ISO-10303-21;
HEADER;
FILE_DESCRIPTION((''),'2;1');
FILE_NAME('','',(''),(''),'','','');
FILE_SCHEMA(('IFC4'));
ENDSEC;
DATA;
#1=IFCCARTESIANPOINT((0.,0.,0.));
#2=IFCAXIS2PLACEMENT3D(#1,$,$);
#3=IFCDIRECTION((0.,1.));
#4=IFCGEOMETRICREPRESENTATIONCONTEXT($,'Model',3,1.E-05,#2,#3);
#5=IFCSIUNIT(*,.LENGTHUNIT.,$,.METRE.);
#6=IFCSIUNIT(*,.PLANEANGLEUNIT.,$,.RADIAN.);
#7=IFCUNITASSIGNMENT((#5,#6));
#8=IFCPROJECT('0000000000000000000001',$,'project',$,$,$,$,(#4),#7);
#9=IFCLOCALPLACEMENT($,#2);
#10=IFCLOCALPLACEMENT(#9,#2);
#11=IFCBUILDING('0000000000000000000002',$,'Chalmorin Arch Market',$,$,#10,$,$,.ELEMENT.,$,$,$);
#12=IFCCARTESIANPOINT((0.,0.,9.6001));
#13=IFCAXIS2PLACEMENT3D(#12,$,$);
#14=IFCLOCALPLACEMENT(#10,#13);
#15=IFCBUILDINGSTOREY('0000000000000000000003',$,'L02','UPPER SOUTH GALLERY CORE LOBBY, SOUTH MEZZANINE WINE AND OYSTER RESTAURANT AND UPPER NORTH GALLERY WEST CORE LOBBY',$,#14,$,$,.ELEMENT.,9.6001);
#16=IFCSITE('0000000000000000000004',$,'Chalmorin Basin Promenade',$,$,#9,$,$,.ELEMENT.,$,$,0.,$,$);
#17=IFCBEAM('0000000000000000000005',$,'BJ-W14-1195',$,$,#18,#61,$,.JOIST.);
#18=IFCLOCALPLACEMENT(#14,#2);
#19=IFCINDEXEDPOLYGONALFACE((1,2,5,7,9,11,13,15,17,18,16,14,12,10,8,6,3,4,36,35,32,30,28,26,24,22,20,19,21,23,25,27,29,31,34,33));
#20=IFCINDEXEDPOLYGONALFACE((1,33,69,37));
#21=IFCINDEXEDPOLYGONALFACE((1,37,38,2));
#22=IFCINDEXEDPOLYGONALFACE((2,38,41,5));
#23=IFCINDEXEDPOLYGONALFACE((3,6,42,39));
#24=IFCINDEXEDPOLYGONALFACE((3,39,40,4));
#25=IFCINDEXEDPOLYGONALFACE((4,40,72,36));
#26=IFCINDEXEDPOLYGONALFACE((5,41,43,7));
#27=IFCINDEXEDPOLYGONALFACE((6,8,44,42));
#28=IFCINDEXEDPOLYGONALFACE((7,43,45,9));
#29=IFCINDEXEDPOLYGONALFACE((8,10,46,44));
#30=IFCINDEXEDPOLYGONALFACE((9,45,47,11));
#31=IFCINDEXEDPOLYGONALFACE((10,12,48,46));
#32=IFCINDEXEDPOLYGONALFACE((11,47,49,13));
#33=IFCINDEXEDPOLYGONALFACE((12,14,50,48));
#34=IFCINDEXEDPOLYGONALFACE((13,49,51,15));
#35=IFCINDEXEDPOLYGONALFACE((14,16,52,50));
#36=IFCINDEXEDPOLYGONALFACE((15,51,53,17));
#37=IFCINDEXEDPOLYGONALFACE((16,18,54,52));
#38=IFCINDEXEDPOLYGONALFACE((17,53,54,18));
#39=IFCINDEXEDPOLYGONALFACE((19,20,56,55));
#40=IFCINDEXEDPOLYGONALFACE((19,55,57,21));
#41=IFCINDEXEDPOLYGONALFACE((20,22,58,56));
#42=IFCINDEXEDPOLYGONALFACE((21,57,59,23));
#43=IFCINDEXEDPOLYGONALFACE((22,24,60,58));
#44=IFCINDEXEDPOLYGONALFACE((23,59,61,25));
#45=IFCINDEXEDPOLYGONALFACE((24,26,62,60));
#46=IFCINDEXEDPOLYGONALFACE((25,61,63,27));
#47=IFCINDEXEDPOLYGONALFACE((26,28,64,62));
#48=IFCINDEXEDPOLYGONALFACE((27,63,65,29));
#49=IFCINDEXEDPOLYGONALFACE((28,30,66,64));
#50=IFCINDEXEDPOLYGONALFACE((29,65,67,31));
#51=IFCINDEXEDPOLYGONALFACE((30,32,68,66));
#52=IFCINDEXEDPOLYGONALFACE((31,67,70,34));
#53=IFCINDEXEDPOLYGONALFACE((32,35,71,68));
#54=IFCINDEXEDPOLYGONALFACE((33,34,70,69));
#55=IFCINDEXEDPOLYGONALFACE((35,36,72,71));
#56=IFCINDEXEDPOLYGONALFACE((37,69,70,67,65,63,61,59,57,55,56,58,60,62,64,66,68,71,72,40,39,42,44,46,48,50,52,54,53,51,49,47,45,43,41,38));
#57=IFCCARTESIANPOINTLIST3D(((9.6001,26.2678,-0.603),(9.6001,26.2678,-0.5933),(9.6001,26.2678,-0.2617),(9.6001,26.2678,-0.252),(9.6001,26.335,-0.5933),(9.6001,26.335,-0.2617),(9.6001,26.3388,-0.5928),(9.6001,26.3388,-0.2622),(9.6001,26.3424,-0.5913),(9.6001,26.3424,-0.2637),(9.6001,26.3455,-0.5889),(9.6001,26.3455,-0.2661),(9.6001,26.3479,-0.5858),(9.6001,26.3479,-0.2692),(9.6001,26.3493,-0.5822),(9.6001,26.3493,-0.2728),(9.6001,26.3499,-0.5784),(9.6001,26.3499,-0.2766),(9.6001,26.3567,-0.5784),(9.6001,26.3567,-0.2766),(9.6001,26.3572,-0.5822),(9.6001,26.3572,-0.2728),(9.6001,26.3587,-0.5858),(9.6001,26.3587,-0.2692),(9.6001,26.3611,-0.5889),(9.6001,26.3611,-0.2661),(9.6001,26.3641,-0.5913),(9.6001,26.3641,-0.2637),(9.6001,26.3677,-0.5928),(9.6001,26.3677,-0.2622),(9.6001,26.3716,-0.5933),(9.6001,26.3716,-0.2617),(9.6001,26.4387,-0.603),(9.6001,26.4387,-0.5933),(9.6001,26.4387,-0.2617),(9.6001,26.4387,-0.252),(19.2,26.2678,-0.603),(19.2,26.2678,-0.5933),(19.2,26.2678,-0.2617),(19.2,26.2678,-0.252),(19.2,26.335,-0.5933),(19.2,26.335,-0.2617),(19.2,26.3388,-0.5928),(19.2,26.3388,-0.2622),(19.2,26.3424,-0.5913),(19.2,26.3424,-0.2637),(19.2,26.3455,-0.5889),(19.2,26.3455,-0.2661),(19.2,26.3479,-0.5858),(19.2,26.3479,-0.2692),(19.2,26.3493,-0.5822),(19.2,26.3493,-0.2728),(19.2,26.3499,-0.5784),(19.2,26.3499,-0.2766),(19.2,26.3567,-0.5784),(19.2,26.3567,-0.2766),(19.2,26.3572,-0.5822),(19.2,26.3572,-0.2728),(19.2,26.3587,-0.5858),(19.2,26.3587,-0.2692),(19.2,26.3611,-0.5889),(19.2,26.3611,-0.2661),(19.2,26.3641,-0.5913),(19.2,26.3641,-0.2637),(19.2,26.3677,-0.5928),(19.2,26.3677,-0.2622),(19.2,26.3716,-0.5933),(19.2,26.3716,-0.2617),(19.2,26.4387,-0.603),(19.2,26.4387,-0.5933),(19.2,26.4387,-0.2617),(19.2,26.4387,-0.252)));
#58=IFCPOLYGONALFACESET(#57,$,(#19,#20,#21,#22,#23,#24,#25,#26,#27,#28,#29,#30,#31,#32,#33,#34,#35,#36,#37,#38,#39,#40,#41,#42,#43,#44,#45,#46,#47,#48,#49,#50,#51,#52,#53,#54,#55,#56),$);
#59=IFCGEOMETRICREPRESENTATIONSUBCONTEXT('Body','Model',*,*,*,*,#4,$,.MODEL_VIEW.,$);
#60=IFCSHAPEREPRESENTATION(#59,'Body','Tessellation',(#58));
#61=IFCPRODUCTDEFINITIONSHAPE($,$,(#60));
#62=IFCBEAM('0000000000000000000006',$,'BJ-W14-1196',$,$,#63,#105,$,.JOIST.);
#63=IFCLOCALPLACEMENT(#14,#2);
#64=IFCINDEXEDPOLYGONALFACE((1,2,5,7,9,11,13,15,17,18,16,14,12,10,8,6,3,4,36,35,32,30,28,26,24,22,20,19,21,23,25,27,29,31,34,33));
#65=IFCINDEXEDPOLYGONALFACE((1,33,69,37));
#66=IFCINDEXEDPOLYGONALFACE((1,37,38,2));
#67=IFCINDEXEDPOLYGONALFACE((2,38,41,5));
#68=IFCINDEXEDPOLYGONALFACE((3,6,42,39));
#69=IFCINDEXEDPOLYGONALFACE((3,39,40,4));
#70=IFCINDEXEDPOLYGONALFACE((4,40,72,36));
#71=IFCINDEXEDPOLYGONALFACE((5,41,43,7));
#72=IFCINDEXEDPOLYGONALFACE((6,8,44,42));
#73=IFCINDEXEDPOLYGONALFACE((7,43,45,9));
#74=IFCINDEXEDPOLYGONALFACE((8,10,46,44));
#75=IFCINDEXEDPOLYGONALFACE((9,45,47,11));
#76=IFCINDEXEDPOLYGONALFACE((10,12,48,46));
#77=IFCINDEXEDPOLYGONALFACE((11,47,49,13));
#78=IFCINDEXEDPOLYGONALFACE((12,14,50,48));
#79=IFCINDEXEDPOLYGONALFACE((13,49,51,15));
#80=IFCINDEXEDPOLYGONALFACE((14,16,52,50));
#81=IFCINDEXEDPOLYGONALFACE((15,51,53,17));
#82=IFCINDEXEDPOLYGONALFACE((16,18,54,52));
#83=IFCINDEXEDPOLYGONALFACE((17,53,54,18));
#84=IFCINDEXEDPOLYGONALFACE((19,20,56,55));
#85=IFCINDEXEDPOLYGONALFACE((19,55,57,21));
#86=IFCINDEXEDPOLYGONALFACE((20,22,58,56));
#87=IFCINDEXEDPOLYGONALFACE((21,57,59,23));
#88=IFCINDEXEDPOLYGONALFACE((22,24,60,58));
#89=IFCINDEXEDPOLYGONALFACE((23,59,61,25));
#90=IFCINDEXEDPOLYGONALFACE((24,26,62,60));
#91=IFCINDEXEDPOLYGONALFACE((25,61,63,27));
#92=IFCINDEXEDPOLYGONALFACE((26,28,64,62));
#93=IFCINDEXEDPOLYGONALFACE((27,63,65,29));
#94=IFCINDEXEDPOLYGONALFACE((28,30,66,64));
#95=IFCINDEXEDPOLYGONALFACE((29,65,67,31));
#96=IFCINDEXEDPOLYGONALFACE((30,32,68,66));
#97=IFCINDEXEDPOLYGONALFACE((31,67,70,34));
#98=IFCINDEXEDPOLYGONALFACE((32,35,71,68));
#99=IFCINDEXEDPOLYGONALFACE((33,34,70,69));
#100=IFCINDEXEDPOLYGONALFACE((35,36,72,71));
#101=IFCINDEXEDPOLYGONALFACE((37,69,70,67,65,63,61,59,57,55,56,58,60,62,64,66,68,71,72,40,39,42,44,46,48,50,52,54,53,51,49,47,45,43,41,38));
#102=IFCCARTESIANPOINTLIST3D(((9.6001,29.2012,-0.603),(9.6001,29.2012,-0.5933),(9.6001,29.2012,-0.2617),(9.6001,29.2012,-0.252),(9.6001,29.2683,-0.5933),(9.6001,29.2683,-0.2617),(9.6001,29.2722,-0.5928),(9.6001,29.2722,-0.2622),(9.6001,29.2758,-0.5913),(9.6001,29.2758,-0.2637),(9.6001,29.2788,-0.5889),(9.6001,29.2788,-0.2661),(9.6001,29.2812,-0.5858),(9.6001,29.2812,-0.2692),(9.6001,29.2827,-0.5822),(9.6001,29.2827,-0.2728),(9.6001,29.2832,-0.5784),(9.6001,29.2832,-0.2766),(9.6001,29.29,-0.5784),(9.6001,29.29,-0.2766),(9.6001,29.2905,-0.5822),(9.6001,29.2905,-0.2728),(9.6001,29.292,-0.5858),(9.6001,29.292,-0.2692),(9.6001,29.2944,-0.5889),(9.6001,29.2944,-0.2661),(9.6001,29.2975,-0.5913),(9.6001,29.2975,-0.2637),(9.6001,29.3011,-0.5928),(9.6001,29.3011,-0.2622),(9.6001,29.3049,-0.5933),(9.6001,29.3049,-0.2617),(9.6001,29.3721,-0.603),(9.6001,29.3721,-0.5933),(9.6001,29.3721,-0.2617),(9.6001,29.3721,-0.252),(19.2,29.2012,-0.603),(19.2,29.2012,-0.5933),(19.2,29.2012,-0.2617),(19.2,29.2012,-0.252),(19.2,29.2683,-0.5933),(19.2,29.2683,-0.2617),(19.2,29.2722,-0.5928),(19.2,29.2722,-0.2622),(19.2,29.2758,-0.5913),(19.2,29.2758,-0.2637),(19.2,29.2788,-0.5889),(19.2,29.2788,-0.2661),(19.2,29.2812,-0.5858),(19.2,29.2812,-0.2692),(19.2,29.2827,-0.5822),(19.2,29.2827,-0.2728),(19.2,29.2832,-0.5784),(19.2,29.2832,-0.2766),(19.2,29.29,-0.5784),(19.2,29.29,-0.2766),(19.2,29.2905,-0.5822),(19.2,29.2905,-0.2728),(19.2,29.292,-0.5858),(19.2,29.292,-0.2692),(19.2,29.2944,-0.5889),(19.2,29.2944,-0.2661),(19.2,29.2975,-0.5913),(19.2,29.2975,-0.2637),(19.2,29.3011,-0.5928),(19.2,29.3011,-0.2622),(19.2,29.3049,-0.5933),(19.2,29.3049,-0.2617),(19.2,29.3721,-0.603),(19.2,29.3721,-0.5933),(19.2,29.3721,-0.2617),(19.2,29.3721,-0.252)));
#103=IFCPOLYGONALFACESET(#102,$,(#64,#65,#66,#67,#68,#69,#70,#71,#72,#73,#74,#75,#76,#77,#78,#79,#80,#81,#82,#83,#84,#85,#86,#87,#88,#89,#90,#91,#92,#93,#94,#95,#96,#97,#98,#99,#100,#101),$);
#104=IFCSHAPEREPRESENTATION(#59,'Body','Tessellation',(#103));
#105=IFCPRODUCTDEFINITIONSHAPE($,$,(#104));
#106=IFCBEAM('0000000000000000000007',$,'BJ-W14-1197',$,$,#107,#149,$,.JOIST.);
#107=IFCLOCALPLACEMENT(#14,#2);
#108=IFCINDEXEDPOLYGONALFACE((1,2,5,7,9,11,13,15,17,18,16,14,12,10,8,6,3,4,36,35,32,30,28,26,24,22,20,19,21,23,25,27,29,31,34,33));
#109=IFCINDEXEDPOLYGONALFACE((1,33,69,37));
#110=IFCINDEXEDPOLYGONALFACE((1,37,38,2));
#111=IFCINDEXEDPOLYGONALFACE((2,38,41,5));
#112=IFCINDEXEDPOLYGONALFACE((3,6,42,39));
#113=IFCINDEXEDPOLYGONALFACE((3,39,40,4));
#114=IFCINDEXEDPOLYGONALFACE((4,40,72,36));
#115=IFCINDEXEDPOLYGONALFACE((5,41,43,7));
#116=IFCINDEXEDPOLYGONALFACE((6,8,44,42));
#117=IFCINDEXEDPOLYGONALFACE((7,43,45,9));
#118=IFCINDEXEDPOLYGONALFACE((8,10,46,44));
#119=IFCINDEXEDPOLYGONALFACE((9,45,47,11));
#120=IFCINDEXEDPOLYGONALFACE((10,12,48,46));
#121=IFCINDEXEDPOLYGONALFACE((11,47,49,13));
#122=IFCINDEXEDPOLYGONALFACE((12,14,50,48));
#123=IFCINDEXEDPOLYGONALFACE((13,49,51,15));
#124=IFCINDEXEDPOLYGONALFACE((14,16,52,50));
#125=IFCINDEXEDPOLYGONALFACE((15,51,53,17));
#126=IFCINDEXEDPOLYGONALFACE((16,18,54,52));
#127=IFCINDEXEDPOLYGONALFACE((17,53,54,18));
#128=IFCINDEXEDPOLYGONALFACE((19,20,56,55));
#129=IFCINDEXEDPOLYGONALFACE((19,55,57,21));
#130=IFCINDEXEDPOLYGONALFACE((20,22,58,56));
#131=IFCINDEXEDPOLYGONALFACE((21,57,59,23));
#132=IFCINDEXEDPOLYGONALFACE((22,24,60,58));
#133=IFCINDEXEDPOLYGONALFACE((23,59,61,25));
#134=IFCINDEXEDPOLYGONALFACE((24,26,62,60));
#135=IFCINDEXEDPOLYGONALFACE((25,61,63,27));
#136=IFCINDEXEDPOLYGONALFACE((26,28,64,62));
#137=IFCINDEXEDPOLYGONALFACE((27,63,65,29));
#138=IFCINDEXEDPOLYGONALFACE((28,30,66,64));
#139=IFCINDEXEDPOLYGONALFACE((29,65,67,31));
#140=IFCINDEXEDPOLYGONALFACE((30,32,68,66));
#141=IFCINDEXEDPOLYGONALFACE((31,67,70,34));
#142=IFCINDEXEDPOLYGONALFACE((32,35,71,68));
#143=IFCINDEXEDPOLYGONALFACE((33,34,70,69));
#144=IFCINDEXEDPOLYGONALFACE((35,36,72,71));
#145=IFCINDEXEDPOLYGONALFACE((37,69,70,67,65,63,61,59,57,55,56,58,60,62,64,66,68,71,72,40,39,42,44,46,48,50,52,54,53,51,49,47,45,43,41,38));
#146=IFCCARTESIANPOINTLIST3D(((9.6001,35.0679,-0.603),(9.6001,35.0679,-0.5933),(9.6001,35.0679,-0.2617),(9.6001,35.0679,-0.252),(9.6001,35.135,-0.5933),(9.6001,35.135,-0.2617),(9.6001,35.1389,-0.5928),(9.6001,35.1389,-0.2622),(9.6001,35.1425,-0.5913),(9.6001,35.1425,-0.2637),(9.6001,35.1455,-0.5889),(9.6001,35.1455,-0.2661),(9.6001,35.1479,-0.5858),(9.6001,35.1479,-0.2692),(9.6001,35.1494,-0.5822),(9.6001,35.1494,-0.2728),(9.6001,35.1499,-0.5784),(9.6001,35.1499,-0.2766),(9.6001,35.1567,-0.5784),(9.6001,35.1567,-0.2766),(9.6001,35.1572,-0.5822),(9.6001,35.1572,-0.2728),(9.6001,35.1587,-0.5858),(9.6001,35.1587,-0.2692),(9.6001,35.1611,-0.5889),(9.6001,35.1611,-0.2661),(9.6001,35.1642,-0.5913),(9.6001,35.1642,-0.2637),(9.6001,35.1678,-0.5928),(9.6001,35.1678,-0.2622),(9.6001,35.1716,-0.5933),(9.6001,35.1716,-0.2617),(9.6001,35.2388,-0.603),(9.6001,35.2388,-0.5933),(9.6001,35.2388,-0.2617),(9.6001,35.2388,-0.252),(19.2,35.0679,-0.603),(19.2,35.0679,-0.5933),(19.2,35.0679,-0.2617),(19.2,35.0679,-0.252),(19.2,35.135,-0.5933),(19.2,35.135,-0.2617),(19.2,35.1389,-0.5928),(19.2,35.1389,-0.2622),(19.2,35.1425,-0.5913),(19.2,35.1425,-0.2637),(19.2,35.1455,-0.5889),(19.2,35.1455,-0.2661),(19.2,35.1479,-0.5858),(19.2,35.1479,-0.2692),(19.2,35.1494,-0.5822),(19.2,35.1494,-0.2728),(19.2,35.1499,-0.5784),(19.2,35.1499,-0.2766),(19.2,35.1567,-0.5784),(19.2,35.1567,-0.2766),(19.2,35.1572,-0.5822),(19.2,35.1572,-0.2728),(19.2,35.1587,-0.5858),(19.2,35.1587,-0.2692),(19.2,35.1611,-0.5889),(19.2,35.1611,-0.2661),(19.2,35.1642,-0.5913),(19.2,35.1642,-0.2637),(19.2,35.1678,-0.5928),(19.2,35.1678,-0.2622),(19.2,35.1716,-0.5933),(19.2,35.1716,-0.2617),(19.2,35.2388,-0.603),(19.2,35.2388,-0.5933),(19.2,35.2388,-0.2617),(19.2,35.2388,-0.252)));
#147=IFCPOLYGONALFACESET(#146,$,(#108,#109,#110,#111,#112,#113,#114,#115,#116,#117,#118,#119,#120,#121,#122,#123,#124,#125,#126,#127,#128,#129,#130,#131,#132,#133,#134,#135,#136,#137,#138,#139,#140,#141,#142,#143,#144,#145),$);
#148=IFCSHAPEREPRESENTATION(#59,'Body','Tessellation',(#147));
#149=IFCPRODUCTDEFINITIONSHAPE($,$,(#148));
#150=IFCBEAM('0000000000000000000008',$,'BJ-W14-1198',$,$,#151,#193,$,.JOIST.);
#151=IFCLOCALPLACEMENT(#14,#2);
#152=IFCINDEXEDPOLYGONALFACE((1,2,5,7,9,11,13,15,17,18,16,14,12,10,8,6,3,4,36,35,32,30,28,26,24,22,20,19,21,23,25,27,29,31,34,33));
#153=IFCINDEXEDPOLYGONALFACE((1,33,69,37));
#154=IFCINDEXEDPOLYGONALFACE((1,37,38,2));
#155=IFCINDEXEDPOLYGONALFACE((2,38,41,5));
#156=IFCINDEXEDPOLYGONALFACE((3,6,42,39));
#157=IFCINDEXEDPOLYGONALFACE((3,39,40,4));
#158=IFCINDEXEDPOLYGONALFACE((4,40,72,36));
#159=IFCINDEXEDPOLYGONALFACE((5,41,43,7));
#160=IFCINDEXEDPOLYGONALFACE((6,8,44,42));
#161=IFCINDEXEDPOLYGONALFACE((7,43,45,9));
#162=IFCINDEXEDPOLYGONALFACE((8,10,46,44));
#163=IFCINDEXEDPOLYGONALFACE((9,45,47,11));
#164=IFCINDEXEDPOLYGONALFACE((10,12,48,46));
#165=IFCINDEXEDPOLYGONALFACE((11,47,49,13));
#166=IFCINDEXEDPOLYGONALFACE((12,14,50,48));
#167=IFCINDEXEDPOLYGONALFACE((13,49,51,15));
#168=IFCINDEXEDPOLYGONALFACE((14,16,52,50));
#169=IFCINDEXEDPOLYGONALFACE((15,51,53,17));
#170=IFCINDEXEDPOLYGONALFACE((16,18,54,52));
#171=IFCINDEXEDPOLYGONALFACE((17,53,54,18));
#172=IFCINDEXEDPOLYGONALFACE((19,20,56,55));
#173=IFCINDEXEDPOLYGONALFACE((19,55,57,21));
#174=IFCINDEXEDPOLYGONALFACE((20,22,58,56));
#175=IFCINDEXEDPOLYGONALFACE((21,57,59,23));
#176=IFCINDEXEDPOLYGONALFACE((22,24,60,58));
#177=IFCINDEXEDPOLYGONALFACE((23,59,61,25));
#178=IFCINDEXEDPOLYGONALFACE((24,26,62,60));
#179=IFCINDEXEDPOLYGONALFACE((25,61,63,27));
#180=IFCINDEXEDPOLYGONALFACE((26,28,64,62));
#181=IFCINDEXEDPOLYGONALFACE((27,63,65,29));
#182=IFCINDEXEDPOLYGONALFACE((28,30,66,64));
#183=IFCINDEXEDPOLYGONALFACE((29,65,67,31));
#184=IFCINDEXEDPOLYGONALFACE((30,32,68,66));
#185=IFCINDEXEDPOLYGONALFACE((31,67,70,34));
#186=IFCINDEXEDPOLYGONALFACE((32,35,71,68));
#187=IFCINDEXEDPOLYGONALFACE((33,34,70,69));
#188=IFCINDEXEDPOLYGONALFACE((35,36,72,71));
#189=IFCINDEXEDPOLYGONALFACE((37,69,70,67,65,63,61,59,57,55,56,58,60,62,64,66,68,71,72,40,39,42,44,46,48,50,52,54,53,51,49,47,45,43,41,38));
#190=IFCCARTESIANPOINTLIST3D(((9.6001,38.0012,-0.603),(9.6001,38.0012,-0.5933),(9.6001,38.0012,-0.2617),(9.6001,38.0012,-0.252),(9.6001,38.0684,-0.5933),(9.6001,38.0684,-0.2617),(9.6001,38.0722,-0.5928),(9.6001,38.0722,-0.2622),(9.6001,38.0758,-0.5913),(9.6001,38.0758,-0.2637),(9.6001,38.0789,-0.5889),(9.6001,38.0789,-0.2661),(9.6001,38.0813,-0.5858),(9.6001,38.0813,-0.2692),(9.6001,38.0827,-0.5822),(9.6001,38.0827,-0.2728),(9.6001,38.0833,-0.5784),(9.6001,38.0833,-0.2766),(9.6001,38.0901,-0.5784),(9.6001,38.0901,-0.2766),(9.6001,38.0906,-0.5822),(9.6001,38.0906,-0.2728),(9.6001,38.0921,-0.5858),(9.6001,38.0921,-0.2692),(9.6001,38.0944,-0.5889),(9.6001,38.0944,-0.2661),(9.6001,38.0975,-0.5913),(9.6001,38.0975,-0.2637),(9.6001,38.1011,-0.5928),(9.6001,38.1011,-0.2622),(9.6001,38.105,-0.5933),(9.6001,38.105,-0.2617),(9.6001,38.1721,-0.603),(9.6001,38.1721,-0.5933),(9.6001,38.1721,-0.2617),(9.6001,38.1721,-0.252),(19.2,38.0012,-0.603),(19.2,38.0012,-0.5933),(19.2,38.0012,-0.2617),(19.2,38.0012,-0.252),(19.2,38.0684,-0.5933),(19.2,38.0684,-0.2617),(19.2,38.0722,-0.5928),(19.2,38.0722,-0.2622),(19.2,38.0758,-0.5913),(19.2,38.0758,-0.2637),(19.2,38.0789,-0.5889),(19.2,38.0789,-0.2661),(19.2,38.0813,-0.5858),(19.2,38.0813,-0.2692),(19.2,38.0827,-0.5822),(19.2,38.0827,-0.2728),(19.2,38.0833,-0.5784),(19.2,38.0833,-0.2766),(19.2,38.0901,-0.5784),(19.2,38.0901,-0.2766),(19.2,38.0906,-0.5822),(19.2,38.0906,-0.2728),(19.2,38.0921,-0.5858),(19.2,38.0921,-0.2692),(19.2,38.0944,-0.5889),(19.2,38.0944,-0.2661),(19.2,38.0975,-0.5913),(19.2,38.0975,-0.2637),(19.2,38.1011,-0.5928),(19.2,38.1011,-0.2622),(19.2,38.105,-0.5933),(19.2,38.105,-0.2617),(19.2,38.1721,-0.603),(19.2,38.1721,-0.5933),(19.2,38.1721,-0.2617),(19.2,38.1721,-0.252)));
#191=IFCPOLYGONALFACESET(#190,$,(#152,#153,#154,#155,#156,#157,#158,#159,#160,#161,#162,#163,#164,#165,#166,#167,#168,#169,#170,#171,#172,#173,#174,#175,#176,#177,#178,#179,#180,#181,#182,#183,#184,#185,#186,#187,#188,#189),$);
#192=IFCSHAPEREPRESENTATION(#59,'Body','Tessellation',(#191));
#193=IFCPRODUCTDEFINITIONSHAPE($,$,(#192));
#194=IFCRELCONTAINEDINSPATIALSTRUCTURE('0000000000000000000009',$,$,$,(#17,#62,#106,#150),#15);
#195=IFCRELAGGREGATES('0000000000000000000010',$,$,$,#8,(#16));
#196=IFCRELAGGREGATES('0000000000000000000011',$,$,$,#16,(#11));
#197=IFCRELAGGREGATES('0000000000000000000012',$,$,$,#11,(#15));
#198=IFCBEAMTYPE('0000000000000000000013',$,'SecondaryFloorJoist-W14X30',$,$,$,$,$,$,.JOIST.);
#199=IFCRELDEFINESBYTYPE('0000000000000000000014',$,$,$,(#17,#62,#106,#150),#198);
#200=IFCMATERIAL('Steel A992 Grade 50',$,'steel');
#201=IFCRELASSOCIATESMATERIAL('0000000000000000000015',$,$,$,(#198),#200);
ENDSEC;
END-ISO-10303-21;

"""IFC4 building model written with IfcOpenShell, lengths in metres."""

from ifc_helpers import new_model, si_unit, direction, frame, origin, origin_2d, place, context, subcontext, project, spatial, i_section, extrude, material, material_profile, profile_set, type_object, element, save


model = new_model("IFC4")

# Units and contexts
model_context = context("Model", 3, precision=1e-05, world=origin(), true_north=direction((0.0, 1.0)))
body_context = subcontext(model_context, "Body", "Model", "MODEL_VIEW")
ifc_project = project(units=[si_unit("LENGTHUNIT", "METRE"), si_unit("PLANEANGLEUNIT", "RADIAN")], contexts=[model_context])

# Site, building, storey
site_placement = place(None, origin())
site = spatial("IfcSite", under=ifc_project, at=site_placement, Name="Chalmorin Basin Promenade", CompositionType="ELEMENT", RefElevation=0.0)
building_placement = place(site_placement, origin())
building = spatial("IfcBuilding", under=site, at=building_placement, Name="Chalmorin Arch Market", CompositionType="ELEMENT")
storey_placement = place(building_placement, frame((0.0, 0.0, 9.6001)))
storey = spatial("IfcBuildingStorey", under=building, at=storey_placement, Name="L02", Description="UPPER SOUTH GALLERY CORE LOBBY, SOUTH MEZZANINE WINE AND OYSTER RESTAURANT AND UPPER NORTH GALLERY WEST CORE LOBBY", CompositionType="ELEMENT", Elevation=9.6001)

# Shared definitions
ifc_material_1 = material(Name="Steel A992 Grade 50", Category="steel")

# Beams
ifc_material_profile_1 = material_profile(ifc_material_1, i_section(OverallWidth=0.1709, OverallDepth=0.3511, WebThickness=0.0068, FlangeThickness=0.0098, FilletRadius=0.0149, at=origin_2d()), Name="W14X30")
ifc_profile_set_1 = profile_set([ifc_material_profile_1], Name="Steel A992 Grade 50")
beam_type_1 = type_object("IfcBeamType", Name="SecondaryFloorJoist-W14X30", PredefinedType="JOIST", material=ifc_profile_set_1)
for number, where, z_axis, x_axis, name in (
    (1, (9.6001, 26.3533, -0.4275), (1.0, 0.0, 0.0), (0.0, 1.0, 0.0), "BJ-W14-1195"),
    (2, (9.6001, 29.2866, -0.4275), (1.0, 0.0, 0.0), (0.0, 1.0, 0.0), "BJ-W14-1196"),
    (3, (9.6001, 35.1533, -0.4275), (1.0, 0.0, 0.0), (0.0, 1.0, 0.0), "BJ-W14-1197"),
    (4, (9.6001, 38.0867, -0.4275), (1.0, 0.0, 0.0), (0.0, 1.0, 0.0), "BJ-W14-1198"),
):
    element("IfcBeam", number, at=place(storey_placement, frame(where, z_axis=z_axis, x_axis=x_axis)), inside=storey, type_object=beam_type_1, Name=name, PredefinedType="JOIST", context=body_context, shape_type="SweptSolid", body=[
        extrude(i_section(OverallWidth=0.1709, OverallDepth=0.3511, WebThickness=0.0068, FlangeThickness=0.0098, FilletRadius=0.0149, at=origin_2d()), origin(), (0.0, 0.0, 1.0), 9.5999),
    ])

save(model, "model.ifc")
